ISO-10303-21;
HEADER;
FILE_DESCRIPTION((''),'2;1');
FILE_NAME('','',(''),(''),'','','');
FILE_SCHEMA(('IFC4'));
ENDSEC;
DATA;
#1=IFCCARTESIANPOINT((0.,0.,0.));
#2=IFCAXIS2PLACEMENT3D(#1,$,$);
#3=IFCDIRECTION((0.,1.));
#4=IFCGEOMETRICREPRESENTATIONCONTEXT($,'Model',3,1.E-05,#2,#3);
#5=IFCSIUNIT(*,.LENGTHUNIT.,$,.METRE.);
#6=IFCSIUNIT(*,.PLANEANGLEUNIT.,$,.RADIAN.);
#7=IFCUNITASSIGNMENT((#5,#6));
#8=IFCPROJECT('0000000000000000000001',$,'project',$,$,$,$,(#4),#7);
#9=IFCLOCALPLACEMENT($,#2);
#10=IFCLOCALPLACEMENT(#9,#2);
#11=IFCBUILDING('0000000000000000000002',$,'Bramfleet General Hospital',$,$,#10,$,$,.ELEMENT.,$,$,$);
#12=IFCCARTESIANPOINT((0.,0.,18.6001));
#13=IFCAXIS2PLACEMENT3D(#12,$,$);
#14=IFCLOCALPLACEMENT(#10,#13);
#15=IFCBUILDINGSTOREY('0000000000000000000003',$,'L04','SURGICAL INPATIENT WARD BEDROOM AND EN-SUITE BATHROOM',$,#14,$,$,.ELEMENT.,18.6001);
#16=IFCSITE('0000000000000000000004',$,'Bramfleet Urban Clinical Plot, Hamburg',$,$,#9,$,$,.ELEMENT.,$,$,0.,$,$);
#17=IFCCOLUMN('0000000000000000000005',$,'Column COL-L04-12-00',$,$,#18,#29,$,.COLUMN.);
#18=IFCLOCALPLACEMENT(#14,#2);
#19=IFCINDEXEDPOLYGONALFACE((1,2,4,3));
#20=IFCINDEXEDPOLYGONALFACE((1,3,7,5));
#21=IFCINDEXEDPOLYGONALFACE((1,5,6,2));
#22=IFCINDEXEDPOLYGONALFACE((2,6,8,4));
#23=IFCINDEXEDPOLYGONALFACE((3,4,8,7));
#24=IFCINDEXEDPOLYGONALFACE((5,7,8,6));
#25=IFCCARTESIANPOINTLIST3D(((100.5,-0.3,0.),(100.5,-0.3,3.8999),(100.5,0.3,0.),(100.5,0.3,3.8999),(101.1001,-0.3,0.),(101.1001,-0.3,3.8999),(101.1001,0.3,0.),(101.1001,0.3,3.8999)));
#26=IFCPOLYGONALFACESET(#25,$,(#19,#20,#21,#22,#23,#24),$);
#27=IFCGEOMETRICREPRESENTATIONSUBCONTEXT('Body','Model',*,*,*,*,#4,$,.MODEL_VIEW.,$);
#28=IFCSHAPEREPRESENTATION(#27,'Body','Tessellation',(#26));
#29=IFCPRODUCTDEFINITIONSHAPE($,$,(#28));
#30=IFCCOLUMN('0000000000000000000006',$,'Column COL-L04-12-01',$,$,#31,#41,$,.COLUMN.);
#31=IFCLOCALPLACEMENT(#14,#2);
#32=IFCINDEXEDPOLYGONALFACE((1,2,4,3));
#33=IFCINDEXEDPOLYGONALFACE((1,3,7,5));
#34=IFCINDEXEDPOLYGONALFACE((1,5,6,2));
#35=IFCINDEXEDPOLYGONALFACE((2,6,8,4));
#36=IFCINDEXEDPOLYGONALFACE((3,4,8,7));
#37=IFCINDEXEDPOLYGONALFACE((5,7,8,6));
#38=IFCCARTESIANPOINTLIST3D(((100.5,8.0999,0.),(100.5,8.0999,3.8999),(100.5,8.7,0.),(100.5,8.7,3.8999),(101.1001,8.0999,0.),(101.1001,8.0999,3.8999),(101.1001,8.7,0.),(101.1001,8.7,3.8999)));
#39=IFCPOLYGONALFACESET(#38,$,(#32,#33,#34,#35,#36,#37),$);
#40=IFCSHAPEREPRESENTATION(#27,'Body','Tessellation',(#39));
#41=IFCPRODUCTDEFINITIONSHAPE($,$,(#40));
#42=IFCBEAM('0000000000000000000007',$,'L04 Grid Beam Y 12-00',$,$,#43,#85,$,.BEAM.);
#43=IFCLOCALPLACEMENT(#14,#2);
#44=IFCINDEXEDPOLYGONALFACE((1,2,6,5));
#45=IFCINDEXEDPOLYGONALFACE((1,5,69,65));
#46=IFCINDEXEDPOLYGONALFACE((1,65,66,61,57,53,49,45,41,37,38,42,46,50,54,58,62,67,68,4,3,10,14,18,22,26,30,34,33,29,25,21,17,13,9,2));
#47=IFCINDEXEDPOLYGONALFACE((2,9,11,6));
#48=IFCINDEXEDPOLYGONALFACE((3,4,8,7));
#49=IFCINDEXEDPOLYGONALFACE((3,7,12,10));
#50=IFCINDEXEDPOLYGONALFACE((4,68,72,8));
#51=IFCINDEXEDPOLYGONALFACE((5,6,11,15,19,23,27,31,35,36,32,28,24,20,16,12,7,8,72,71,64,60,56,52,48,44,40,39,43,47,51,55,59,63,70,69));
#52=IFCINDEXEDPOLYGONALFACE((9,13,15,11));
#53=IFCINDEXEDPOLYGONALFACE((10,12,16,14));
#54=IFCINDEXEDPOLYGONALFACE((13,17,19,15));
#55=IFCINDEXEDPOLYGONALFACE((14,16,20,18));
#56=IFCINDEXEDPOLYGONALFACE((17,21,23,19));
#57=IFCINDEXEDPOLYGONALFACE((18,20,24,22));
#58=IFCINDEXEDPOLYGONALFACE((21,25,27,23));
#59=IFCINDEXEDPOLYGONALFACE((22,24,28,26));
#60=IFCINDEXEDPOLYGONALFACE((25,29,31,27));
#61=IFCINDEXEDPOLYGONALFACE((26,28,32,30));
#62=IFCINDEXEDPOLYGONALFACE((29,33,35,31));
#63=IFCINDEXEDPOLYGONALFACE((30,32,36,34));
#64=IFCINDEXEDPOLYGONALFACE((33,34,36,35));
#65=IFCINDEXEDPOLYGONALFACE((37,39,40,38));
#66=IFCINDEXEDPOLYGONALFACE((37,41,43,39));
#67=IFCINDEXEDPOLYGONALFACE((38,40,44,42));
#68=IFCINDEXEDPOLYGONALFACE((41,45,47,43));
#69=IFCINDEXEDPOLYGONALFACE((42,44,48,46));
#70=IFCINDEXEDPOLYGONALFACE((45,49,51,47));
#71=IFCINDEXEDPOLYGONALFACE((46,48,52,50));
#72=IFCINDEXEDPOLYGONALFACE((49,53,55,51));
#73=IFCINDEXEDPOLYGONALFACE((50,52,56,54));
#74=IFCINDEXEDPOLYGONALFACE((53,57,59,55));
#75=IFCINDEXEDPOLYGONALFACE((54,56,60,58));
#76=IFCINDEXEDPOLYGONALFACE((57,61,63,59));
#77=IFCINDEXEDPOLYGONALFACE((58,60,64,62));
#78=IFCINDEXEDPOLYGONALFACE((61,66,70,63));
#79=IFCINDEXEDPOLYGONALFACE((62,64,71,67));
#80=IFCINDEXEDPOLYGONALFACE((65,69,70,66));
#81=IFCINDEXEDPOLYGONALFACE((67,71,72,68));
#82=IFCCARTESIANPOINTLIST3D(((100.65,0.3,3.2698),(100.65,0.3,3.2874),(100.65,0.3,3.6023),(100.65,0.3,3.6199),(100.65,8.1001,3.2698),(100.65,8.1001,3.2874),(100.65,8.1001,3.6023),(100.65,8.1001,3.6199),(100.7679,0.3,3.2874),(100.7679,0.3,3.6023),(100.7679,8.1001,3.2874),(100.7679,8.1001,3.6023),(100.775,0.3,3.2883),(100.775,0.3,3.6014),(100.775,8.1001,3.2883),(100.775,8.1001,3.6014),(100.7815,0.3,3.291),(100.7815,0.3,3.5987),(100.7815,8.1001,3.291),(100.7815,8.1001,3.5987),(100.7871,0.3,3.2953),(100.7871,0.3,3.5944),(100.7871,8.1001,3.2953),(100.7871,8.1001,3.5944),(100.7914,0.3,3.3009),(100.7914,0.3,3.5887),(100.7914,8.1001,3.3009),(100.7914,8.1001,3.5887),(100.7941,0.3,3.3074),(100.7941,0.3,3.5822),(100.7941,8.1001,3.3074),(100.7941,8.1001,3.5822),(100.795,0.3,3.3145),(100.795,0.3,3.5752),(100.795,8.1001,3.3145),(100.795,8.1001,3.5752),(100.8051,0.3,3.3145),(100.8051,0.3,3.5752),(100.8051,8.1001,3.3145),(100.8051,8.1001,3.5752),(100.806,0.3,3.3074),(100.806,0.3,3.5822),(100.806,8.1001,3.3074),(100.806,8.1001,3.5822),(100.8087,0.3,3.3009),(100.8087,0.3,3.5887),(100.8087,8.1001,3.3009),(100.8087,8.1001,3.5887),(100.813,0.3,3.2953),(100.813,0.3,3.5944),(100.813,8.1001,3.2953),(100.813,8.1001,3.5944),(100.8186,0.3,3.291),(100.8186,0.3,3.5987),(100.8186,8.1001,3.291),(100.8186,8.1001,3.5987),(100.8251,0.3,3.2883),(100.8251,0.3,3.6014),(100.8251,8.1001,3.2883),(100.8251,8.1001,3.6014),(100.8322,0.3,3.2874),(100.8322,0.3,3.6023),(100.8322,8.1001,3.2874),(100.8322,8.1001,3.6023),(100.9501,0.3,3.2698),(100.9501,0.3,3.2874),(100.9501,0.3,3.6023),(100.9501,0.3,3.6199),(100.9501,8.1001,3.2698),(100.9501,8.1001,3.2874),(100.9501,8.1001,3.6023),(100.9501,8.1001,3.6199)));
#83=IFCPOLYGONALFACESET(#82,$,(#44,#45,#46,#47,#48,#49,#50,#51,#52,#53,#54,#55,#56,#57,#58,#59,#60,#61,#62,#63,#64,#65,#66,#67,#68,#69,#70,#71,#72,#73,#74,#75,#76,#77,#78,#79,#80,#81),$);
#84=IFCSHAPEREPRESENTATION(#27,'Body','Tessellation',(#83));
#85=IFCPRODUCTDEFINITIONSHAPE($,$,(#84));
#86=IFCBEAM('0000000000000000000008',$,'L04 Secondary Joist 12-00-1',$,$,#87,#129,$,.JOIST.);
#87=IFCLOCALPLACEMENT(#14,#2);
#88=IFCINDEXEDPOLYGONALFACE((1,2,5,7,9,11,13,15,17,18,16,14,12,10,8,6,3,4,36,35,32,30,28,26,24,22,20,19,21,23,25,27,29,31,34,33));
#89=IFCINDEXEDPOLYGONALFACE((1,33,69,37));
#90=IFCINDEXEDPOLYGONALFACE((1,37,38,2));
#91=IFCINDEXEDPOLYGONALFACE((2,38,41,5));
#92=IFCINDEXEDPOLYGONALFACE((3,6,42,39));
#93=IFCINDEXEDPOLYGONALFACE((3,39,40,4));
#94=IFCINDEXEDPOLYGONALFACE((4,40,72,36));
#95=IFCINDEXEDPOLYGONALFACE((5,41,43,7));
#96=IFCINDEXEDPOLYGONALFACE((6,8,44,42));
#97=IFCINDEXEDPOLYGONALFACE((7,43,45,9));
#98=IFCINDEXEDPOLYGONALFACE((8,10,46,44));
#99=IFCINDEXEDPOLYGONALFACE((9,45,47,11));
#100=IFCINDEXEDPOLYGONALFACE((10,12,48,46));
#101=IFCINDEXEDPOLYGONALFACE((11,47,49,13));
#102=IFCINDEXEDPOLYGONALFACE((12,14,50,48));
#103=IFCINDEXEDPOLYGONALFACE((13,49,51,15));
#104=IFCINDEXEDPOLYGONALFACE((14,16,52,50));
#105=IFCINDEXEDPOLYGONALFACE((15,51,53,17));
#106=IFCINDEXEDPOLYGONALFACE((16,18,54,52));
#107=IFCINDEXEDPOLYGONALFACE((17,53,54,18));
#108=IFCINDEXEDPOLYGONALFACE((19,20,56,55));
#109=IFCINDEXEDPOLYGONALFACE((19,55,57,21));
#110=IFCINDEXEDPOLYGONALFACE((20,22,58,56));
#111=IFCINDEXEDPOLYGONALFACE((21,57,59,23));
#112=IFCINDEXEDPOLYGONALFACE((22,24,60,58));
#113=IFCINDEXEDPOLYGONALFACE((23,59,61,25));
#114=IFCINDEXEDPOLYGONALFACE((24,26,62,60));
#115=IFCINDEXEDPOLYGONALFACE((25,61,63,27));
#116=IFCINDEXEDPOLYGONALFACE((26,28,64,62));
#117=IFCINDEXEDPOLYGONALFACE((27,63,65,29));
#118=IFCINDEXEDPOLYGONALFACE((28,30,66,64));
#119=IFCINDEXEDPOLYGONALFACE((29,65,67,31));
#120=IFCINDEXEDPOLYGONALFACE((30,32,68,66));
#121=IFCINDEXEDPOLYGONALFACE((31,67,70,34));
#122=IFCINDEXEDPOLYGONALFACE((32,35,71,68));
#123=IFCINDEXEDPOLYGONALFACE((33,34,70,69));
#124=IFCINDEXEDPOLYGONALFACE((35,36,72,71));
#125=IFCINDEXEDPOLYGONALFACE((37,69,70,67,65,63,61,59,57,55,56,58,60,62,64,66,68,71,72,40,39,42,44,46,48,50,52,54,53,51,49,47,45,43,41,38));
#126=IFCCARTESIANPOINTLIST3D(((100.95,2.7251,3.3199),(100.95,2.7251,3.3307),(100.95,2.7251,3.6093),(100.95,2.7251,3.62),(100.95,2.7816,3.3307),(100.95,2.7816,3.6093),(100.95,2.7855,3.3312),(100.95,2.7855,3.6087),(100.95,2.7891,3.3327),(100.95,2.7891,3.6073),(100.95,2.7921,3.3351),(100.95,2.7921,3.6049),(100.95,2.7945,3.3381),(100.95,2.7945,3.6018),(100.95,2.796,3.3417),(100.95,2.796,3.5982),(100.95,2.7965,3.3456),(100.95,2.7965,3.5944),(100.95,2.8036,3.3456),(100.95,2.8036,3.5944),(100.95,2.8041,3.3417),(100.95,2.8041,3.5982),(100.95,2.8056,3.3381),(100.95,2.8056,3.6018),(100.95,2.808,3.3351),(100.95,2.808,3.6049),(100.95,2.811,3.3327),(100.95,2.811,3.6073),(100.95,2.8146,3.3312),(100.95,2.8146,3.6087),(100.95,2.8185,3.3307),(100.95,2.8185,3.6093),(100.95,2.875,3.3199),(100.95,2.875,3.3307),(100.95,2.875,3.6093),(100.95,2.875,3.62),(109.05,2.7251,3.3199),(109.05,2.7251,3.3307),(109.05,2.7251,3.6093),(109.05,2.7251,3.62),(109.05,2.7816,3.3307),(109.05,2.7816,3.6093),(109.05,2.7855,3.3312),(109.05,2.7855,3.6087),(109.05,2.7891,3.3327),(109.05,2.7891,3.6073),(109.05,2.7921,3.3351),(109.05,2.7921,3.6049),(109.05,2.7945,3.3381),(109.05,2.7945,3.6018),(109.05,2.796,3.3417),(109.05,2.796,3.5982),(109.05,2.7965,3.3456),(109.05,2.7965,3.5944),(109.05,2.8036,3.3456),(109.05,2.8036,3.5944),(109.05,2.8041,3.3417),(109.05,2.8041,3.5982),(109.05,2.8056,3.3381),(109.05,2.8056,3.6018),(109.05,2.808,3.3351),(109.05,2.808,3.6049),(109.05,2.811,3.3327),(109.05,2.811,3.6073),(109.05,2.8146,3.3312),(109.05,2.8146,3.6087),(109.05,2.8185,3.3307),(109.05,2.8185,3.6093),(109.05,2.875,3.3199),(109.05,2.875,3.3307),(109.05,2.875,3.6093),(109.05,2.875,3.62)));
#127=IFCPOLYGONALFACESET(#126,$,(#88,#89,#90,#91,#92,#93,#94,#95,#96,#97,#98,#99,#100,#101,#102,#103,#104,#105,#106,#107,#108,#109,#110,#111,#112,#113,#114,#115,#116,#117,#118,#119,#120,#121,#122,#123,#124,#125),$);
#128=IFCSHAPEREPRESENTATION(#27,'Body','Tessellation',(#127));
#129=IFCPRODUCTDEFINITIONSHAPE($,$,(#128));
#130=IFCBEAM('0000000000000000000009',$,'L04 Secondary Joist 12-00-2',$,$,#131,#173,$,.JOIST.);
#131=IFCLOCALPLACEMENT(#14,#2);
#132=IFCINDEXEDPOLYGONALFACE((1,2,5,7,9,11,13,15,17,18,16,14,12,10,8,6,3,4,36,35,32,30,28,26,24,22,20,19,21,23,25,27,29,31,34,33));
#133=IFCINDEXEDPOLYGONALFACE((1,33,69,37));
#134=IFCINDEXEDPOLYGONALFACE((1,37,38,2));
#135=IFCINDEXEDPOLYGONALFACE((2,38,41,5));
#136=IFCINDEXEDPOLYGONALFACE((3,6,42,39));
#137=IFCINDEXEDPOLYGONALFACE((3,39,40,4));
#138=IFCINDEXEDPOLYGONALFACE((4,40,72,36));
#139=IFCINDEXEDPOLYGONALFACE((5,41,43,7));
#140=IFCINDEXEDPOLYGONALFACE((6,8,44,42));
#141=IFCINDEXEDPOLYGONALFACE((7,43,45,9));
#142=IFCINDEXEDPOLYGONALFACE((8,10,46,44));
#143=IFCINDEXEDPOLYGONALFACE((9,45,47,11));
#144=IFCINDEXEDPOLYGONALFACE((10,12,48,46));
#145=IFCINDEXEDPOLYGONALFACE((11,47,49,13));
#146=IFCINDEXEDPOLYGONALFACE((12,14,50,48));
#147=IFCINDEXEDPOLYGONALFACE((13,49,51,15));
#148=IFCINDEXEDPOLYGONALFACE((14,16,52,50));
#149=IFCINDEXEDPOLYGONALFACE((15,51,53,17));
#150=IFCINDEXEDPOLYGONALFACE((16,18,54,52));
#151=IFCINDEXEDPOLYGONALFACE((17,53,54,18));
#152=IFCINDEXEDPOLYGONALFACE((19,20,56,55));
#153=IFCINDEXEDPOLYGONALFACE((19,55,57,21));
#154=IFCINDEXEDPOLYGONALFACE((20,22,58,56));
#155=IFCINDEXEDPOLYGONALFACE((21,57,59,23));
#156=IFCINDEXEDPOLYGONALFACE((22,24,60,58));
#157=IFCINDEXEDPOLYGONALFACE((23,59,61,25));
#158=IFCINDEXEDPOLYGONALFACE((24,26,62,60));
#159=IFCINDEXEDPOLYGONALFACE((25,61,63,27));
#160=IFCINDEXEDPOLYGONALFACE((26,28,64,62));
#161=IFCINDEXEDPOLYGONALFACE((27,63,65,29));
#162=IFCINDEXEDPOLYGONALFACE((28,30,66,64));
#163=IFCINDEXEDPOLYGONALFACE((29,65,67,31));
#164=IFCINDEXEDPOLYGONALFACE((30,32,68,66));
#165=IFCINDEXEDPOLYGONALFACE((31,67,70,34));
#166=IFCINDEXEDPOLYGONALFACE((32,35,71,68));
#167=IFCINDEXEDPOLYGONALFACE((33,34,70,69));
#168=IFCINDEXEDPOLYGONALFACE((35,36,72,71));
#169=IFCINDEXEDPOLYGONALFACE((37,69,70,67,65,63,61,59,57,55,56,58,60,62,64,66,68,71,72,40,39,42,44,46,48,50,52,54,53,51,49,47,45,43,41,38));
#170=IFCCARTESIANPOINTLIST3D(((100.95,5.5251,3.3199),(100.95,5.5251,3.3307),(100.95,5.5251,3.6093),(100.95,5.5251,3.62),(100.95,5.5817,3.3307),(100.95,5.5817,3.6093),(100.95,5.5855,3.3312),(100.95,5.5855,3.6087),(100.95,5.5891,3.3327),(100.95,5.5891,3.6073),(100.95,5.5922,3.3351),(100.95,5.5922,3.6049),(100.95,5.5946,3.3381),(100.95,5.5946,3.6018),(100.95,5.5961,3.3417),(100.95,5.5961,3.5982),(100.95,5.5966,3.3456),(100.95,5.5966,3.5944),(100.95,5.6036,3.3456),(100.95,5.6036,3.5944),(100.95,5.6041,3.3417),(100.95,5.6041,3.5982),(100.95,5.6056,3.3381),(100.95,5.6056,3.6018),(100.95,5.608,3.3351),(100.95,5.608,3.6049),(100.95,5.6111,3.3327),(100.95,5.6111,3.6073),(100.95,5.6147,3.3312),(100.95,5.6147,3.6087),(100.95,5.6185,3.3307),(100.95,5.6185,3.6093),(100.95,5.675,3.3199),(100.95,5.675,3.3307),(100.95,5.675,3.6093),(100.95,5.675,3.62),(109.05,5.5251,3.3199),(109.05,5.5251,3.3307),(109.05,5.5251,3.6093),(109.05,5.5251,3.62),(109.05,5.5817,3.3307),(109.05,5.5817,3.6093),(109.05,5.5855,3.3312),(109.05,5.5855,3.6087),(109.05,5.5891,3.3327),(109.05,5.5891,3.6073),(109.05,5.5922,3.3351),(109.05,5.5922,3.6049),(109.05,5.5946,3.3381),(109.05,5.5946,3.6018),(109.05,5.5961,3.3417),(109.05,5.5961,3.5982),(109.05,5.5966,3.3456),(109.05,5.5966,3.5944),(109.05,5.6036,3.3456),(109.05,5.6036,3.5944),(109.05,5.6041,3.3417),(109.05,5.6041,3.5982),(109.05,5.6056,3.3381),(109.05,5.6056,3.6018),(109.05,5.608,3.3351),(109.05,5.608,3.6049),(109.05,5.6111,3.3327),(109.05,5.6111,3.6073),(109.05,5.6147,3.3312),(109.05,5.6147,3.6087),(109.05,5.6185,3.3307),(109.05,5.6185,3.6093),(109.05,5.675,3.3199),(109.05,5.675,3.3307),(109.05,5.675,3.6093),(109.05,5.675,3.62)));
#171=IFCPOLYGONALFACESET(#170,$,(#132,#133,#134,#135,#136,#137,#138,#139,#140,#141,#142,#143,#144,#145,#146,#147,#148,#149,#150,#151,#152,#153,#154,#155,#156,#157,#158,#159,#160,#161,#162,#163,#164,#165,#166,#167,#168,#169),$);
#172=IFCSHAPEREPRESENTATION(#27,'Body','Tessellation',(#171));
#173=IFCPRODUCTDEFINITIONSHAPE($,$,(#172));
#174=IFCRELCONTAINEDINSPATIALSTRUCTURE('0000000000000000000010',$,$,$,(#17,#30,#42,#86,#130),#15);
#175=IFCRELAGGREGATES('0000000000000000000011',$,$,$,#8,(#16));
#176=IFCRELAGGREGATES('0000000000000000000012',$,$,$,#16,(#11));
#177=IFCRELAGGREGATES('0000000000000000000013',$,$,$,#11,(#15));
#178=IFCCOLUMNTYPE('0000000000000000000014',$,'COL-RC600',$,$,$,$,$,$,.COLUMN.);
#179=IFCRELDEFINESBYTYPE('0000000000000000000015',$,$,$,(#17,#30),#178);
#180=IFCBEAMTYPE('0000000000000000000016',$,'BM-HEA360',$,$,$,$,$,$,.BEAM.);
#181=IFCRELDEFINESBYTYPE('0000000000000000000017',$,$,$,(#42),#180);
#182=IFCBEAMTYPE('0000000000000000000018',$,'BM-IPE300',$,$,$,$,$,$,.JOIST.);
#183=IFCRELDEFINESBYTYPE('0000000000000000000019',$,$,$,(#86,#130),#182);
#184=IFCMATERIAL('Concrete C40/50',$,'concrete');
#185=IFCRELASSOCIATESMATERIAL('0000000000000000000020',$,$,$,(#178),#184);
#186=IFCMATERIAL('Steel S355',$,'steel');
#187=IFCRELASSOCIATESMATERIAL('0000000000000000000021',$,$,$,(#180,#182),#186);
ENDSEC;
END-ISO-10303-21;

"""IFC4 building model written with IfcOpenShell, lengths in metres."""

from ifc_helpers import new_model, si_unit, direction, frame, origin, origin_2d, place, context, subcontext, project, spatial, rectangle, i_section, extrude, material, material_profile, profile_set, type_object, element, save


model = new_model("IFC4")

# Units and contexts
model_context = context("Model", 3, precision=1e-05, world=origin(), true_north=direction((0.0, 1.0)))
body_context = subcontext(model_context, "Body", "Model", "MODEL_VIEW")
ifc_project = project(units=[si_unit("LENGTHUNIT", "METRE"), si_unit("PLANEANGLEUNIT", "RADIAN")], contexts=[model_context])

# Site, building, storey
site_placement = place(None, origin())
site = spatial("IfcSite", under=ifc_project, at=site_placement, Name="Bramfleet Urban Clinical Plot, Hamburg", CompositionType="ELEMENT", RefElevation=0.0)
building_placement = place(site_placement, origin())
building = spatial("IfcBuilding", under=site, at=building_placement, Name="Bramfleet General Hospital", CompositionType="ELEMENT")
storey_placement = place(building_placement, frame((0.0, 0.0, 18.6001)))
storey = spatial("IfcBuildingStorey", under=building, at=storey_placement, Name="L04", Description="SURGICAL INPATIENT WARD BEDROOM AND EN-SUITE BATHROOM", CompositionType="ELEMENT", Elevation=18.6001)

# Columns
ifc_material_1 = material(Name="Concrete C40/50", Category="concrete")
ifc_material_profile_1 = material_profile(ifc_material_1, rectangle(XDim=0.6001, YDim=0.6001, at=origin_2d()), Name="RC COL 600x600")
ifc_profile_set_1 = profile_set([ifc_material_profile_1], Name="Concrete C40/50")
column_type = type_object("IfcColumnType", Name="COL-RC600", PredefinedType="COLUMN", material=ifc_profile_set_1)
for number, where, z_axis, x_axis, name in (
    (1, (100.8, 0.0, 0.0), (0.0, 0.0, 1.0), (1.0, 0.0, 0.0), "Column COL-L04-12-00"),
    (2, (100.8, 8.3999, 0.0), (0.0, 0.0, 1.0), (1.0, 0.0, 0.0), "Column COL-L04-12-01"),
):
    element("IfcColumn", number, at=place(storey_placement, frame(where, z_axis=z_axis, x_axis=x_axis)), inside=storey, type_object=column_type, Name=name, PredefinedType="COLUMN", context=body_context, shape_type="SweptSolid", body=[
        extrude(rectangle(XDim=0.6001, YDim=0.6001, at=origin_2d()), origin(), (0.0, 0.0, 1.0), 3.8999),
    ])

# Beams
ifc_material_2 = material(Name="Steel S355", Category="steel")
ifc_material_profile_2 = material_profile(ifc_material_2, i_section(OverallWidth=0.3, OverallDepth=0.3501, WebThickness=0.01, FlangeThickness=0.0176, FilletRadius=0.0271, at=origin_2d()), Name="HEA 360")
ifc_profile_set_2 = profile_set([ifc_material_profile_2], Name="Steel S355")
beam_type_1 = type_object("IfcBeamType", Name="BM-HEA360", PredefinedType="BEAM", material=ifc_profile_set_2)
beam_1_placement = place(storey_placement, frame((100.8, 0.3, 3.4448), z_axis=(0.0, 1.0, 0.0), x_axis=(-1.0, 0.0, 0.0)))
element("IfcBeam", 3, at=beam_1_placement, inside=storey, type_object=beam_type_1, Name="L04 Grid Beam Y 12-00", PredefinedType="BEAM", context=body_context, shape_type="SweptSolid", body=[
    extrude(i_section(OverallWidth=0.3, OverallDepth=0.3501, WebThickness=0.01, FlangeThickness=0.0176, FilletRadius=0.0271, at=origin_2d()), origin(), (0.0, 0.0, 1.0), 7.8),
])
ifc_material_profile_3 = material_profile(ifc_material_2, i_section(OverallWidth=0.1499, OverallDepth=0.3, WebThickness=0.0071, FlangeThickness=0.0107, FilletRadius=0.0149, at=origin_2d()), Name="IPE 300")
ifc_profile_set_3 = profile_set([ifc_material_profile_3], Name="Steel S355")
beam_type_2 = type_object("IfcBeamType", Name="BM-IPE300", PredefinedType="JOIST", material=ifc_profile_set_3)
for number, where, z_axis, x_axis, name in (
    (4, (100.95, 2.8, 3.47), (1.0, 0.0, 0.0), (0.0, 1.0, 0.0), "L04 Secondary Joist 12-00-1"),
    (5, (100.95, 5.6001, 3.47), (1.0, 0.0, 0.0), (0.0, 1.0, 0.0), "L04 Secondary Joist 12-00-2"),
):
    element("IfcBeam", number, at=place(storey_placement, frame(where, z_axis=z_axis, x_axis=x_axis)), inside=storey, type_object=beam_type_2, Name=name, PredefinedType="JOIST", context=body_context, shape_type="SweptSolid", body=[
        extrude(i_section(OverallWidth=0.1499, OverallDepth=0.3, WebThickness=0.0071, FlangeThickness=0.0107, FilletRadius=0.0149, at=origin_2d()), origin(), (0.0, 0.0, 1.0), 8.1001),
    ])

save(model, "model.ifc")
